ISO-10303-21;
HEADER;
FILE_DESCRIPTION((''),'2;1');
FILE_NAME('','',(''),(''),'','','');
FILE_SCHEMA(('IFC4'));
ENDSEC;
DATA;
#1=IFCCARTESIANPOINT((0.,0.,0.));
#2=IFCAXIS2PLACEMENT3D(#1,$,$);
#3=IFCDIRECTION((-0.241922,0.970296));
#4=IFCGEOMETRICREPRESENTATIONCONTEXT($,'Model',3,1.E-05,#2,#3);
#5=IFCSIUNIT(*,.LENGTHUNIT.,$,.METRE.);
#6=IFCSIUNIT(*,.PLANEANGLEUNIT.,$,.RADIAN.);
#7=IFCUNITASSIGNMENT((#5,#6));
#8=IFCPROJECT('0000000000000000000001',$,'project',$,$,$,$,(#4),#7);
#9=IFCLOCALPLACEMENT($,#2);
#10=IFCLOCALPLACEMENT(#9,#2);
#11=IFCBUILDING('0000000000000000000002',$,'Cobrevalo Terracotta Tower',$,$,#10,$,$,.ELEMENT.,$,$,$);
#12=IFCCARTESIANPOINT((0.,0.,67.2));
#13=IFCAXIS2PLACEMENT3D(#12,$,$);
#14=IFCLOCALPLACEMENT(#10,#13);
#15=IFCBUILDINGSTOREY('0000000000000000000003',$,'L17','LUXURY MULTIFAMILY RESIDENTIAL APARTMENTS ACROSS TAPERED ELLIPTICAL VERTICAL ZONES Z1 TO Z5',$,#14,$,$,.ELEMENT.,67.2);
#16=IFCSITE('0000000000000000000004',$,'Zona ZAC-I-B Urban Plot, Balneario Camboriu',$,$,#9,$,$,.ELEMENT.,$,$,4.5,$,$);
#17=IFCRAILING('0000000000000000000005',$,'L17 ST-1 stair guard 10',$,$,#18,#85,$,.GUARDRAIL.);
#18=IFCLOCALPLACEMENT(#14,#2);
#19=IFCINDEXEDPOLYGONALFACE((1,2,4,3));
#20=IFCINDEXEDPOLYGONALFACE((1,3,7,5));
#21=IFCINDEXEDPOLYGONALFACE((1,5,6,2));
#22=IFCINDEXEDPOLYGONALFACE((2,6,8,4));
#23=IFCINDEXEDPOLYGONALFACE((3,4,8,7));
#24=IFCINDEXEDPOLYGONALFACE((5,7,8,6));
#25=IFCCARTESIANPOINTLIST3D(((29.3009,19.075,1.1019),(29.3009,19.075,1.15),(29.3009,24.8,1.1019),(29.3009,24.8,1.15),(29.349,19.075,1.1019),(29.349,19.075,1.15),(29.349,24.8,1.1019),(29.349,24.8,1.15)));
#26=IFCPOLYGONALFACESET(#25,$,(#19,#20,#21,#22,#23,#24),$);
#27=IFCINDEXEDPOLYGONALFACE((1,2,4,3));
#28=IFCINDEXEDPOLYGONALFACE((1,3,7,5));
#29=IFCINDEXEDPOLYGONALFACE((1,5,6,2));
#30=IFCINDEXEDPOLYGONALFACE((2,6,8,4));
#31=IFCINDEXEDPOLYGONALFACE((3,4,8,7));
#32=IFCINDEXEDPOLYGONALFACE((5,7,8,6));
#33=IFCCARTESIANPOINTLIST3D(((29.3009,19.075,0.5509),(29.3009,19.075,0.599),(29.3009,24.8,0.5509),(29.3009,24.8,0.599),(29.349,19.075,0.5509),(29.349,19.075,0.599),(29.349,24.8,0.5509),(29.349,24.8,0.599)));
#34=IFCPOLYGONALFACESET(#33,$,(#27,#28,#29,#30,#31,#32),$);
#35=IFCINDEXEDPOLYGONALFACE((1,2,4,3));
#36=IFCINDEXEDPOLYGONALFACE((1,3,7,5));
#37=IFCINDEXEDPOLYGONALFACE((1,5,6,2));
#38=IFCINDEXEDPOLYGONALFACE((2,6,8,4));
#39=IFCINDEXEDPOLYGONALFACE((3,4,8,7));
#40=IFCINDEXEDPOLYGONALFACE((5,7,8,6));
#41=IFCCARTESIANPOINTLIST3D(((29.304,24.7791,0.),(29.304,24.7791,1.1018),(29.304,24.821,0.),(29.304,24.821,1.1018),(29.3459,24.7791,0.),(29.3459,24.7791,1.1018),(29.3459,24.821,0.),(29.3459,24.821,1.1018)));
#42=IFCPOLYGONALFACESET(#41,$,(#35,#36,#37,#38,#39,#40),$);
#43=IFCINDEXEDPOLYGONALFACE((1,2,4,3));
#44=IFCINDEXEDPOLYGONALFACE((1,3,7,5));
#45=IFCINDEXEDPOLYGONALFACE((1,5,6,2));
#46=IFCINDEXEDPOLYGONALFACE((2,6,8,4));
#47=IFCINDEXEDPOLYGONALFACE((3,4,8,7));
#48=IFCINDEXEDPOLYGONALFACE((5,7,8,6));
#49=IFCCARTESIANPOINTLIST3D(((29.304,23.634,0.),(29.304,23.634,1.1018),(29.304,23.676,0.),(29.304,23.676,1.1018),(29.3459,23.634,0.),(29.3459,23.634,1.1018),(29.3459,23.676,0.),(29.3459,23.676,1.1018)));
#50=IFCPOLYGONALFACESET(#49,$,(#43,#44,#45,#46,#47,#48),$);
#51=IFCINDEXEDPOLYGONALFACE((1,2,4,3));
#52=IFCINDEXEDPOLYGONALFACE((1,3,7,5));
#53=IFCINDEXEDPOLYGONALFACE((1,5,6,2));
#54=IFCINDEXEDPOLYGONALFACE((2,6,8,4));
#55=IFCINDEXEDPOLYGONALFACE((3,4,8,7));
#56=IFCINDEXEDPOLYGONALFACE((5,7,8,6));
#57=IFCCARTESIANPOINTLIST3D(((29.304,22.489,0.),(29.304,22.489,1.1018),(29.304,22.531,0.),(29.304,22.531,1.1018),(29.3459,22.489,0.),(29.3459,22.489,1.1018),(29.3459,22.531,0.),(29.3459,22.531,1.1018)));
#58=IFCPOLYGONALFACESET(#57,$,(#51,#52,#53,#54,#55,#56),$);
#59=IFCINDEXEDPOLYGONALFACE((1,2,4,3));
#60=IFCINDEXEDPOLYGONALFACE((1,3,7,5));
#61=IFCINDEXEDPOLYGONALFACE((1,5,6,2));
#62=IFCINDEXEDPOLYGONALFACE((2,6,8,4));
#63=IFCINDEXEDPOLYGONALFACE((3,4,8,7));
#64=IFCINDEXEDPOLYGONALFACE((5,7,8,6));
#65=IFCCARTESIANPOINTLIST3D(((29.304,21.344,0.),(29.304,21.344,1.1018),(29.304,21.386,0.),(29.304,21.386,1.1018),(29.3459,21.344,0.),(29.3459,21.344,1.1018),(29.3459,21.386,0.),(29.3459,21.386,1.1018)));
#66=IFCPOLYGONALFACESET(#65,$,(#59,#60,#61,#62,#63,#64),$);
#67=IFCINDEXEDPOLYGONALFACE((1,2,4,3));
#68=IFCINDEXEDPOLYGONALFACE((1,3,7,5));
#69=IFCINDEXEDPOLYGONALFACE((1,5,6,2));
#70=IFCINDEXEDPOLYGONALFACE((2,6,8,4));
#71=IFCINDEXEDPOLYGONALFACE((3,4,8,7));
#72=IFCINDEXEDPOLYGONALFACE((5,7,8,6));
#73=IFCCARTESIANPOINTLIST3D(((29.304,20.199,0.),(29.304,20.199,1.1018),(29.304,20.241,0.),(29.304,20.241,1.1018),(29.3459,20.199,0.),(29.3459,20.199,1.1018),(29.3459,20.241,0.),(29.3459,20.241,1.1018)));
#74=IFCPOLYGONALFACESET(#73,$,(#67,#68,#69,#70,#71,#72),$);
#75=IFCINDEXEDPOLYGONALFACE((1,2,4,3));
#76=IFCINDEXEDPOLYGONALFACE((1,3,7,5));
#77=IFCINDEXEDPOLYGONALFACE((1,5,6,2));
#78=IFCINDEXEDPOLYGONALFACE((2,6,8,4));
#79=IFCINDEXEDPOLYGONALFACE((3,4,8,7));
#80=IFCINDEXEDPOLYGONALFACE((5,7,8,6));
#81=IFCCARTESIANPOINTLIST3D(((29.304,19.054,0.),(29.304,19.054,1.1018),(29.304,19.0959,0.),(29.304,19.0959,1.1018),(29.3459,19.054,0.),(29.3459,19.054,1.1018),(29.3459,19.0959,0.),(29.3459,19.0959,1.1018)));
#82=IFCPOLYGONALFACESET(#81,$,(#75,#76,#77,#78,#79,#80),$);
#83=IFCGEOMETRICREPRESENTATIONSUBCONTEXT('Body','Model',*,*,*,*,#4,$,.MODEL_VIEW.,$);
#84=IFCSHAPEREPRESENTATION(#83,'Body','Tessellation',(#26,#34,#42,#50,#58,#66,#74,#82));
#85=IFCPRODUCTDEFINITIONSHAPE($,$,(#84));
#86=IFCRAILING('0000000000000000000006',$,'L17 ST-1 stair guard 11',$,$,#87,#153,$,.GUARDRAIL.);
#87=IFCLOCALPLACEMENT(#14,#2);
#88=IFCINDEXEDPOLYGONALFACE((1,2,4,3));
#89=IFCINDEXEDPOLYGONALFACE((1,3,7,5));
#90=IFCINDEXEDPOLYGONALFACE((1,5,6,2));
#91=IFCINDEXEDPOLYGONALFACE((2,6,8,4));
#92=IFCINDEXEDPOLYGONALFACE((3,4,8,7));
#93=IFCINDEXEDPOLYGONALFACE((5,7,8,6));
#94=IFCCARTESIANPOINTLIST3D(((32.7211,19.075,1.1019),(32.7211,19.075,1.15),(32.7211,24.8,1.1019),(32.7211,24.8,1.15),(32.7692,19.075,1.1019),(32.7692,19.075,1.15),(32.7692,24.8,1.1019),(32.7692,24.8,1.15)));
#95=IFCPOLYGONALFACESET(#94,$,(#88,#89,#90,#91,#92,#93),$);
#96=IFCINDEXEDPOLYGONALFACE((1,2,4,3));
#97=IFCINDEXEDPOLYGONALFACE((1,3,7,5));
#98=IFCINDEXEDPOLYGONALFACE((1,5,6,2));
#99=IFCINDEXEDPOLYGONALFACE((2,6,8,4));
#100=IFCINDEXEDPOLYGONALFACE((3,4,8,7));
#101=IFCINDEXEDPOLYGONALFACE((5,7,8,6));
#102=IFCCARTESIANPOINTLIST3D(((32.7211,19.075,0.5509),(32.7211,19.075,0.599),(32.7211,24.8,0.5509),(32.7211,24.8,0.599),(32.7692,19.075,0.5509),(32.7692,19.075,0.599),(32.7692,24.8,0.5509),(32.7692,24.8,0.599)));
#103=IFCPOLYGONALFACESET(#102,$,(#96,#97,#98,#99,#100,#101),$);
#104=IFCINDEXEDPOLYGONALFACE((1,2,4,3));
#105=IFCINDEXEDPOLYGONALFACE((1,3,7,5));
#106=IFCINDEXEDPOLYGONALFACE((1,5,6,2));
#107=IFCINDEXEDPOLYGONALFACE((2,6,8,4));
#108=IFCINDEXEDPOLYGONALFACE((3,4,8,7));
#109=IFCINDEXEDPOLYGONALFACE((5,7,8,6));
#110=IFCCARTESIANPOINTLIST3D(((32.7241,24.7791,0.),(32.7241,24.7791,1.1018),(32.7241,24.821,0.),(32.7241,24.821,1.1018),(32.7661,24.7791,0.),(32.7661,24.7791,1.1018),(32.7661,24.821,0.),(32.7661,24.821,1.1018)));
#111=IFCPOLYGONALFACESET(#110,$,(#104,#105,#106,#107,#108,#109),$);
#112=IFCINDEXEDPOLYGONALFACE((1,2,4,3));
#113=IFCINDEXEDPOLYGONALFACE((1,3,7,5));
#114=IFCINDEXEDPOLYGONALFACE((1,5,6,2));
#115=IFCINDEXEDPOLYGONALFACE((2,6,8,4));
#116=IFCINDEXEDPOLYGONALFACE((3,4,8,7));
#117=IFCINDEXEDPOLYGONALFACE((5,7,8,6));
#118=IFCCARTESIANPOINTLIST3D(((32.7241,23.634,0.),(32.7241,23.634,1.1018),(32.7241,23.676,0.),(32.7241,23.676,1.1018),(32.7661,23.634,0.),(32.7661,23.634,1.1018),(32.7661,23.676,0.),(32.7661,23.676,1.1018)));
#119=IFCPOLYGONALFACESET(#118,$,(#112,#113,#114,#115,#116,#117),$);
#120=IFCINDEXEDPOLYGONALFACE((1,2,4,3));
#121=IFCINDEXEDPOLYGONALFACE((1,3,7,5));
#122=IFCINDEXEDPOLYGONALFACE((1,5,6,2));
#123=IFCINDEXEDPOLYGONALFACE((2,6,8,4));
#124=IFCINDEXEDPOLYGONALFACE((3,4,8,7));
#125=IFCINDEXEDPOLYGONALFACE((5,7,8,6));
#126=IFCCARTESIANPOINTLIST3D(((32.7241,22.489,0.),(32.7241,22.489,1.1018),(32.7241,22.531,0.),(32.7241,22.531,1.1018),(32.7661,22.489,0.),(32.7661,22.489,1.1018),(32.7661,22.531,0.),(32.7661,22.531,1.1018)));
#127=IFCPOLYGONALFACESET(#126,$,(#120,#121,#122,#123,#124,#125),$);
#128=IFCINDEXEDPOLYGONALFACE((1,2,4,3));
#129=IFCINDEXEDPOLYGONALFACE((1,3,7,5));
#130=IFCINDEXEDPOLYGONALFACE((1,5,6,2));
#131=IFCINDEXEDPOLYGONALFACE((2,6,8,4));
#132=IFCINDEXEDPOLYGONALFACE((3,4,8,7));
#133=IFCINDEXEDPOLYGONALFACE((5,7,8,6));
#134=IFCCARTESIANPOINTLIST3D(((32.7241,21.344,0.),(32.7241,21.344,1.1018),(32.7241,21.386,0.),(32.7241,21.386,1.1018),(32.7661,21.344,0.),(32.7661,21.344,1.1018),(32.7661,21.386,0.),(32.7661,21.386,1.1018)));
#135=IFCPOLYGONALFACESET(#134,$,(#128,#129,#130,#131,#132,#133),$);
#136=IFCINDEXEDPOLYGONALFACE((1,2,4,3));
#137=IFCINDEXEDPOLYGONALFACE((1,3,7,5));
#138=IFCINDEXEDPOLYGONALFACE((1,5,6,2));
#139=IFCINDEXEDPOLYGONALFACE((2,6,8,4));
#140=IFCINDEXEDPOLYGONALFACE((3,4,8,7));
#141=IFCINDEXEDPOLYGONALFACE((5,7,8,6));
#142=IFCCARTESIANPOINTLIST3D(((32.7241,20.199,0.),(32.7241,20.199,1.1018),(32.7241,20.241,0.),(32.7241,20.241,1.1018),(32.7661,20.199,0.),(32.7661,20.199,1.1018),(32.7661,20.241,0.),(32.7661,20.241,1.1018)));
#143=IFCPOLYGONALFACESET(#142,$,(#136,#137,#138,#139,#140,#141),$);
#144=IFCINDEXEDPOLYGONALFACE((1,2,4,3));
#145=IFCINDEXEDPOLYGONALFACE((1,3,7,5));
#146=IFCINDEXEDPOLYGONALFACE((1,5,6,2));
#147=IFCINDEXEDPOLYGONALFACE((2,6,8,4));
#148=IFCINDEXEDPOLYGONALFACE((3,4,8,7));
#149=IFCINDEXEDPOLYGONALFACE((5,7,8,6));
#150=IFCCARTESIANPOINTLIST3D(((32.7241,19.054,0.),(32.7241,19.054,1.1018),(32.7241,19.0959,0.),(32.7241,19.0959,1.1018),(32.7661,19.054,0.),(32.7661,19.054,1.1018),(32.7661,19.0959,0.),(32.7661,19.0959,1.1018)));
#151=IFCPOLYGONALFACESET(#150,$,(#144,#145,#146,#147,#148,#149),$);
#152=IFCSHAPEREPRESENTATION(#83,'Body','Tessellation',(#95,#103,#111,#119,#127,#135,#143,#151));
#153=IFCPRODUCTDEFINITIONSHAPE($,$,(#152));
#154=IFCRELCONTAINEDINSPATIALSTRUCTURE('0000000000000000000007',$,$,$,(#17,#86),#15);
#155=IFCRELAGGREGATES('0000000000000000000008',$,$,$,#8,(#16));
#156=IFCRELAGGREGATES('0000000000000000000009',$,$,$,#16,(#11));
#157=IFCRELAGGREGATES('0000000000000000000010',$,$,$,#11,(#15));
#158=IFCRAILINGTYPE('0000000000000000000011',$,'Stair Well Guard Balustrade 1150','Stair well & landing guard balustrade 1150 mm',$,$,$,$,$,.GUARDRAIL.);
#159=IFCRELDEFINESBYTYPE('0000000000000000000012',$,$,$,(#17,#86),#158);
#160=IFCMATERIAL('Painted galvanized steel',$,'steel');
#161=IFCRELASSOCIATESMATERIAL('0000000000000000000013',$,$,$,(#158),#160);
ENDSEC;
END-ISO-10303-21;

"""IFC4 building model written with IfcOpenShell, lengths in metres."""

from ifc_helpers import new_model, si_unit, direction, frame, origin, origin_2d, place, context, subcontext, project, spatial, rectangle, extrude, material, type_object, element, save


model = new_model("IFC4")

# Units and contexts
model_context = context("Model", 3, precision=1e-05, world=origin(), true_north=direction((-0.241922, 0.970296)))
body_context = subcontext(model_context, "Body", "Model", "MODEL_VIEW")
ifc_project = project(units=[si_unit("LENGTHUNIT", "METRE"), si_unit("PLANEANGLEUNIT", "RADIAN")], contexts=[model_context])

# Site, building, storey
site_placement = place(None, origin())
site = spatial("IfcSite", under=ifc_project, at=site_placement, Name="Zona ZAC-I-B Urban Plot, Balneario Camboriu", CompositionType="ELEMENT", RefElevation=4.5)
building_placement = place(site_placement, origin())
building = spatial("IfcBuilding", under=site, at=building_placement, Name="Cobrevalo Terracotta Tower", CompositionType="ELEMENT")
storey_placement = place(building_placement, frame((0.0, 0.0, 67.2)))
storey = spatial("IfcBuildingStorey", under=building, at=storey_placement, Name="L17", Description="LUXURY MULTIFAMILY RESIDENTIAL APARTMENTS ACROSS TAPERED ELLIPTICAL VERTICAL ZONES Z1 TO Z5", CompositionType="ELEMENT", Elevation=67.2)

# Railings
ifc_material_1 = material(Name="Painted galvanized steel", Category="steel")
railing_type_1 = type_object("IfcRailingType", Name="Stair Well Guard Balustrade 1150", Description="Stair well & landing guard balustrade 1150 mm", PredefinedType="GUARDRAIL", material=ifc_material_1)
for number, where, name in (
    (1, (29.325, 24.8, 0.0), "L17 ST-1 stair guard 10"),
    (2, (32.7451, 24.8, 0.0), "L17 ST-1 stair guard 11"),
):
    element("IfcRailing", number, at=place(storey_placement, frame(where)), inside=storey, type_object=railing_type_1, Name=name, PredefinedType="GUARDRAIL", context=body_context, shape_type="SweptSolid", body=[
        extrude(rectangle(XDim=0.0481, YDim=0.0481, at=origin_2d()), frame((0.0, 0.0, 1.126), z_axis=(0.0, -1.0, 0.0), x_axis=(1.0, 0.0, 0.0)), (0.0, 0.0, 1.0), 5.7251),
        extrude(rectangle(XDim=0.0481, YDim=0.0481, at=origin_2d()), frame((0.0, 0.0, 0.575), z_axis=(0.0, -1.0, 0.0), x_axis=(1.0, 0.0, 0.0)), (0.0, 0.0, 1.0), 5.7251),
        extrude(rectangle(XDim=0.042, YDim=0.042, at=origin_2d()), origin(), (0.0, 0.0, 1.0), 1.1018),
        extrude(rectangle(XDim=0.042, YDim=0.042, at=origin_2d()), frame((0.0, -1.145, 0.0)), (0.0, 0.0, 1.0), 1.1018),
        extrude(rectangle(XDim=0.042, YDim=0.042, at=origin_2d()), frame((0.0, -2.29, 0.0)), (0.0, 0.0, 1.0), 1.1018),
        extrude(rectangle(XDim=0.042, YDim=0.042, at=origin_2d()), frame((0.0, -3.4351, 0.0)), (0.0, 0.0, 1.0), 1.1018),
        extrude(rectangle(XDim=0.042, YDim=0.042, at=origin_2d()), frame((0.0, -4.5801, 0.0)), (0.0, 0.0, 1.0), 1.1018),
        extrude(rectangle(XDim=0.042, YDim=0.042, at=origin_2d()), frame((0.0, -5.7251, 0.0)), (0.0, 0.0, 1.0), 1.1018),
    ])

save(model, "model.ifc")
